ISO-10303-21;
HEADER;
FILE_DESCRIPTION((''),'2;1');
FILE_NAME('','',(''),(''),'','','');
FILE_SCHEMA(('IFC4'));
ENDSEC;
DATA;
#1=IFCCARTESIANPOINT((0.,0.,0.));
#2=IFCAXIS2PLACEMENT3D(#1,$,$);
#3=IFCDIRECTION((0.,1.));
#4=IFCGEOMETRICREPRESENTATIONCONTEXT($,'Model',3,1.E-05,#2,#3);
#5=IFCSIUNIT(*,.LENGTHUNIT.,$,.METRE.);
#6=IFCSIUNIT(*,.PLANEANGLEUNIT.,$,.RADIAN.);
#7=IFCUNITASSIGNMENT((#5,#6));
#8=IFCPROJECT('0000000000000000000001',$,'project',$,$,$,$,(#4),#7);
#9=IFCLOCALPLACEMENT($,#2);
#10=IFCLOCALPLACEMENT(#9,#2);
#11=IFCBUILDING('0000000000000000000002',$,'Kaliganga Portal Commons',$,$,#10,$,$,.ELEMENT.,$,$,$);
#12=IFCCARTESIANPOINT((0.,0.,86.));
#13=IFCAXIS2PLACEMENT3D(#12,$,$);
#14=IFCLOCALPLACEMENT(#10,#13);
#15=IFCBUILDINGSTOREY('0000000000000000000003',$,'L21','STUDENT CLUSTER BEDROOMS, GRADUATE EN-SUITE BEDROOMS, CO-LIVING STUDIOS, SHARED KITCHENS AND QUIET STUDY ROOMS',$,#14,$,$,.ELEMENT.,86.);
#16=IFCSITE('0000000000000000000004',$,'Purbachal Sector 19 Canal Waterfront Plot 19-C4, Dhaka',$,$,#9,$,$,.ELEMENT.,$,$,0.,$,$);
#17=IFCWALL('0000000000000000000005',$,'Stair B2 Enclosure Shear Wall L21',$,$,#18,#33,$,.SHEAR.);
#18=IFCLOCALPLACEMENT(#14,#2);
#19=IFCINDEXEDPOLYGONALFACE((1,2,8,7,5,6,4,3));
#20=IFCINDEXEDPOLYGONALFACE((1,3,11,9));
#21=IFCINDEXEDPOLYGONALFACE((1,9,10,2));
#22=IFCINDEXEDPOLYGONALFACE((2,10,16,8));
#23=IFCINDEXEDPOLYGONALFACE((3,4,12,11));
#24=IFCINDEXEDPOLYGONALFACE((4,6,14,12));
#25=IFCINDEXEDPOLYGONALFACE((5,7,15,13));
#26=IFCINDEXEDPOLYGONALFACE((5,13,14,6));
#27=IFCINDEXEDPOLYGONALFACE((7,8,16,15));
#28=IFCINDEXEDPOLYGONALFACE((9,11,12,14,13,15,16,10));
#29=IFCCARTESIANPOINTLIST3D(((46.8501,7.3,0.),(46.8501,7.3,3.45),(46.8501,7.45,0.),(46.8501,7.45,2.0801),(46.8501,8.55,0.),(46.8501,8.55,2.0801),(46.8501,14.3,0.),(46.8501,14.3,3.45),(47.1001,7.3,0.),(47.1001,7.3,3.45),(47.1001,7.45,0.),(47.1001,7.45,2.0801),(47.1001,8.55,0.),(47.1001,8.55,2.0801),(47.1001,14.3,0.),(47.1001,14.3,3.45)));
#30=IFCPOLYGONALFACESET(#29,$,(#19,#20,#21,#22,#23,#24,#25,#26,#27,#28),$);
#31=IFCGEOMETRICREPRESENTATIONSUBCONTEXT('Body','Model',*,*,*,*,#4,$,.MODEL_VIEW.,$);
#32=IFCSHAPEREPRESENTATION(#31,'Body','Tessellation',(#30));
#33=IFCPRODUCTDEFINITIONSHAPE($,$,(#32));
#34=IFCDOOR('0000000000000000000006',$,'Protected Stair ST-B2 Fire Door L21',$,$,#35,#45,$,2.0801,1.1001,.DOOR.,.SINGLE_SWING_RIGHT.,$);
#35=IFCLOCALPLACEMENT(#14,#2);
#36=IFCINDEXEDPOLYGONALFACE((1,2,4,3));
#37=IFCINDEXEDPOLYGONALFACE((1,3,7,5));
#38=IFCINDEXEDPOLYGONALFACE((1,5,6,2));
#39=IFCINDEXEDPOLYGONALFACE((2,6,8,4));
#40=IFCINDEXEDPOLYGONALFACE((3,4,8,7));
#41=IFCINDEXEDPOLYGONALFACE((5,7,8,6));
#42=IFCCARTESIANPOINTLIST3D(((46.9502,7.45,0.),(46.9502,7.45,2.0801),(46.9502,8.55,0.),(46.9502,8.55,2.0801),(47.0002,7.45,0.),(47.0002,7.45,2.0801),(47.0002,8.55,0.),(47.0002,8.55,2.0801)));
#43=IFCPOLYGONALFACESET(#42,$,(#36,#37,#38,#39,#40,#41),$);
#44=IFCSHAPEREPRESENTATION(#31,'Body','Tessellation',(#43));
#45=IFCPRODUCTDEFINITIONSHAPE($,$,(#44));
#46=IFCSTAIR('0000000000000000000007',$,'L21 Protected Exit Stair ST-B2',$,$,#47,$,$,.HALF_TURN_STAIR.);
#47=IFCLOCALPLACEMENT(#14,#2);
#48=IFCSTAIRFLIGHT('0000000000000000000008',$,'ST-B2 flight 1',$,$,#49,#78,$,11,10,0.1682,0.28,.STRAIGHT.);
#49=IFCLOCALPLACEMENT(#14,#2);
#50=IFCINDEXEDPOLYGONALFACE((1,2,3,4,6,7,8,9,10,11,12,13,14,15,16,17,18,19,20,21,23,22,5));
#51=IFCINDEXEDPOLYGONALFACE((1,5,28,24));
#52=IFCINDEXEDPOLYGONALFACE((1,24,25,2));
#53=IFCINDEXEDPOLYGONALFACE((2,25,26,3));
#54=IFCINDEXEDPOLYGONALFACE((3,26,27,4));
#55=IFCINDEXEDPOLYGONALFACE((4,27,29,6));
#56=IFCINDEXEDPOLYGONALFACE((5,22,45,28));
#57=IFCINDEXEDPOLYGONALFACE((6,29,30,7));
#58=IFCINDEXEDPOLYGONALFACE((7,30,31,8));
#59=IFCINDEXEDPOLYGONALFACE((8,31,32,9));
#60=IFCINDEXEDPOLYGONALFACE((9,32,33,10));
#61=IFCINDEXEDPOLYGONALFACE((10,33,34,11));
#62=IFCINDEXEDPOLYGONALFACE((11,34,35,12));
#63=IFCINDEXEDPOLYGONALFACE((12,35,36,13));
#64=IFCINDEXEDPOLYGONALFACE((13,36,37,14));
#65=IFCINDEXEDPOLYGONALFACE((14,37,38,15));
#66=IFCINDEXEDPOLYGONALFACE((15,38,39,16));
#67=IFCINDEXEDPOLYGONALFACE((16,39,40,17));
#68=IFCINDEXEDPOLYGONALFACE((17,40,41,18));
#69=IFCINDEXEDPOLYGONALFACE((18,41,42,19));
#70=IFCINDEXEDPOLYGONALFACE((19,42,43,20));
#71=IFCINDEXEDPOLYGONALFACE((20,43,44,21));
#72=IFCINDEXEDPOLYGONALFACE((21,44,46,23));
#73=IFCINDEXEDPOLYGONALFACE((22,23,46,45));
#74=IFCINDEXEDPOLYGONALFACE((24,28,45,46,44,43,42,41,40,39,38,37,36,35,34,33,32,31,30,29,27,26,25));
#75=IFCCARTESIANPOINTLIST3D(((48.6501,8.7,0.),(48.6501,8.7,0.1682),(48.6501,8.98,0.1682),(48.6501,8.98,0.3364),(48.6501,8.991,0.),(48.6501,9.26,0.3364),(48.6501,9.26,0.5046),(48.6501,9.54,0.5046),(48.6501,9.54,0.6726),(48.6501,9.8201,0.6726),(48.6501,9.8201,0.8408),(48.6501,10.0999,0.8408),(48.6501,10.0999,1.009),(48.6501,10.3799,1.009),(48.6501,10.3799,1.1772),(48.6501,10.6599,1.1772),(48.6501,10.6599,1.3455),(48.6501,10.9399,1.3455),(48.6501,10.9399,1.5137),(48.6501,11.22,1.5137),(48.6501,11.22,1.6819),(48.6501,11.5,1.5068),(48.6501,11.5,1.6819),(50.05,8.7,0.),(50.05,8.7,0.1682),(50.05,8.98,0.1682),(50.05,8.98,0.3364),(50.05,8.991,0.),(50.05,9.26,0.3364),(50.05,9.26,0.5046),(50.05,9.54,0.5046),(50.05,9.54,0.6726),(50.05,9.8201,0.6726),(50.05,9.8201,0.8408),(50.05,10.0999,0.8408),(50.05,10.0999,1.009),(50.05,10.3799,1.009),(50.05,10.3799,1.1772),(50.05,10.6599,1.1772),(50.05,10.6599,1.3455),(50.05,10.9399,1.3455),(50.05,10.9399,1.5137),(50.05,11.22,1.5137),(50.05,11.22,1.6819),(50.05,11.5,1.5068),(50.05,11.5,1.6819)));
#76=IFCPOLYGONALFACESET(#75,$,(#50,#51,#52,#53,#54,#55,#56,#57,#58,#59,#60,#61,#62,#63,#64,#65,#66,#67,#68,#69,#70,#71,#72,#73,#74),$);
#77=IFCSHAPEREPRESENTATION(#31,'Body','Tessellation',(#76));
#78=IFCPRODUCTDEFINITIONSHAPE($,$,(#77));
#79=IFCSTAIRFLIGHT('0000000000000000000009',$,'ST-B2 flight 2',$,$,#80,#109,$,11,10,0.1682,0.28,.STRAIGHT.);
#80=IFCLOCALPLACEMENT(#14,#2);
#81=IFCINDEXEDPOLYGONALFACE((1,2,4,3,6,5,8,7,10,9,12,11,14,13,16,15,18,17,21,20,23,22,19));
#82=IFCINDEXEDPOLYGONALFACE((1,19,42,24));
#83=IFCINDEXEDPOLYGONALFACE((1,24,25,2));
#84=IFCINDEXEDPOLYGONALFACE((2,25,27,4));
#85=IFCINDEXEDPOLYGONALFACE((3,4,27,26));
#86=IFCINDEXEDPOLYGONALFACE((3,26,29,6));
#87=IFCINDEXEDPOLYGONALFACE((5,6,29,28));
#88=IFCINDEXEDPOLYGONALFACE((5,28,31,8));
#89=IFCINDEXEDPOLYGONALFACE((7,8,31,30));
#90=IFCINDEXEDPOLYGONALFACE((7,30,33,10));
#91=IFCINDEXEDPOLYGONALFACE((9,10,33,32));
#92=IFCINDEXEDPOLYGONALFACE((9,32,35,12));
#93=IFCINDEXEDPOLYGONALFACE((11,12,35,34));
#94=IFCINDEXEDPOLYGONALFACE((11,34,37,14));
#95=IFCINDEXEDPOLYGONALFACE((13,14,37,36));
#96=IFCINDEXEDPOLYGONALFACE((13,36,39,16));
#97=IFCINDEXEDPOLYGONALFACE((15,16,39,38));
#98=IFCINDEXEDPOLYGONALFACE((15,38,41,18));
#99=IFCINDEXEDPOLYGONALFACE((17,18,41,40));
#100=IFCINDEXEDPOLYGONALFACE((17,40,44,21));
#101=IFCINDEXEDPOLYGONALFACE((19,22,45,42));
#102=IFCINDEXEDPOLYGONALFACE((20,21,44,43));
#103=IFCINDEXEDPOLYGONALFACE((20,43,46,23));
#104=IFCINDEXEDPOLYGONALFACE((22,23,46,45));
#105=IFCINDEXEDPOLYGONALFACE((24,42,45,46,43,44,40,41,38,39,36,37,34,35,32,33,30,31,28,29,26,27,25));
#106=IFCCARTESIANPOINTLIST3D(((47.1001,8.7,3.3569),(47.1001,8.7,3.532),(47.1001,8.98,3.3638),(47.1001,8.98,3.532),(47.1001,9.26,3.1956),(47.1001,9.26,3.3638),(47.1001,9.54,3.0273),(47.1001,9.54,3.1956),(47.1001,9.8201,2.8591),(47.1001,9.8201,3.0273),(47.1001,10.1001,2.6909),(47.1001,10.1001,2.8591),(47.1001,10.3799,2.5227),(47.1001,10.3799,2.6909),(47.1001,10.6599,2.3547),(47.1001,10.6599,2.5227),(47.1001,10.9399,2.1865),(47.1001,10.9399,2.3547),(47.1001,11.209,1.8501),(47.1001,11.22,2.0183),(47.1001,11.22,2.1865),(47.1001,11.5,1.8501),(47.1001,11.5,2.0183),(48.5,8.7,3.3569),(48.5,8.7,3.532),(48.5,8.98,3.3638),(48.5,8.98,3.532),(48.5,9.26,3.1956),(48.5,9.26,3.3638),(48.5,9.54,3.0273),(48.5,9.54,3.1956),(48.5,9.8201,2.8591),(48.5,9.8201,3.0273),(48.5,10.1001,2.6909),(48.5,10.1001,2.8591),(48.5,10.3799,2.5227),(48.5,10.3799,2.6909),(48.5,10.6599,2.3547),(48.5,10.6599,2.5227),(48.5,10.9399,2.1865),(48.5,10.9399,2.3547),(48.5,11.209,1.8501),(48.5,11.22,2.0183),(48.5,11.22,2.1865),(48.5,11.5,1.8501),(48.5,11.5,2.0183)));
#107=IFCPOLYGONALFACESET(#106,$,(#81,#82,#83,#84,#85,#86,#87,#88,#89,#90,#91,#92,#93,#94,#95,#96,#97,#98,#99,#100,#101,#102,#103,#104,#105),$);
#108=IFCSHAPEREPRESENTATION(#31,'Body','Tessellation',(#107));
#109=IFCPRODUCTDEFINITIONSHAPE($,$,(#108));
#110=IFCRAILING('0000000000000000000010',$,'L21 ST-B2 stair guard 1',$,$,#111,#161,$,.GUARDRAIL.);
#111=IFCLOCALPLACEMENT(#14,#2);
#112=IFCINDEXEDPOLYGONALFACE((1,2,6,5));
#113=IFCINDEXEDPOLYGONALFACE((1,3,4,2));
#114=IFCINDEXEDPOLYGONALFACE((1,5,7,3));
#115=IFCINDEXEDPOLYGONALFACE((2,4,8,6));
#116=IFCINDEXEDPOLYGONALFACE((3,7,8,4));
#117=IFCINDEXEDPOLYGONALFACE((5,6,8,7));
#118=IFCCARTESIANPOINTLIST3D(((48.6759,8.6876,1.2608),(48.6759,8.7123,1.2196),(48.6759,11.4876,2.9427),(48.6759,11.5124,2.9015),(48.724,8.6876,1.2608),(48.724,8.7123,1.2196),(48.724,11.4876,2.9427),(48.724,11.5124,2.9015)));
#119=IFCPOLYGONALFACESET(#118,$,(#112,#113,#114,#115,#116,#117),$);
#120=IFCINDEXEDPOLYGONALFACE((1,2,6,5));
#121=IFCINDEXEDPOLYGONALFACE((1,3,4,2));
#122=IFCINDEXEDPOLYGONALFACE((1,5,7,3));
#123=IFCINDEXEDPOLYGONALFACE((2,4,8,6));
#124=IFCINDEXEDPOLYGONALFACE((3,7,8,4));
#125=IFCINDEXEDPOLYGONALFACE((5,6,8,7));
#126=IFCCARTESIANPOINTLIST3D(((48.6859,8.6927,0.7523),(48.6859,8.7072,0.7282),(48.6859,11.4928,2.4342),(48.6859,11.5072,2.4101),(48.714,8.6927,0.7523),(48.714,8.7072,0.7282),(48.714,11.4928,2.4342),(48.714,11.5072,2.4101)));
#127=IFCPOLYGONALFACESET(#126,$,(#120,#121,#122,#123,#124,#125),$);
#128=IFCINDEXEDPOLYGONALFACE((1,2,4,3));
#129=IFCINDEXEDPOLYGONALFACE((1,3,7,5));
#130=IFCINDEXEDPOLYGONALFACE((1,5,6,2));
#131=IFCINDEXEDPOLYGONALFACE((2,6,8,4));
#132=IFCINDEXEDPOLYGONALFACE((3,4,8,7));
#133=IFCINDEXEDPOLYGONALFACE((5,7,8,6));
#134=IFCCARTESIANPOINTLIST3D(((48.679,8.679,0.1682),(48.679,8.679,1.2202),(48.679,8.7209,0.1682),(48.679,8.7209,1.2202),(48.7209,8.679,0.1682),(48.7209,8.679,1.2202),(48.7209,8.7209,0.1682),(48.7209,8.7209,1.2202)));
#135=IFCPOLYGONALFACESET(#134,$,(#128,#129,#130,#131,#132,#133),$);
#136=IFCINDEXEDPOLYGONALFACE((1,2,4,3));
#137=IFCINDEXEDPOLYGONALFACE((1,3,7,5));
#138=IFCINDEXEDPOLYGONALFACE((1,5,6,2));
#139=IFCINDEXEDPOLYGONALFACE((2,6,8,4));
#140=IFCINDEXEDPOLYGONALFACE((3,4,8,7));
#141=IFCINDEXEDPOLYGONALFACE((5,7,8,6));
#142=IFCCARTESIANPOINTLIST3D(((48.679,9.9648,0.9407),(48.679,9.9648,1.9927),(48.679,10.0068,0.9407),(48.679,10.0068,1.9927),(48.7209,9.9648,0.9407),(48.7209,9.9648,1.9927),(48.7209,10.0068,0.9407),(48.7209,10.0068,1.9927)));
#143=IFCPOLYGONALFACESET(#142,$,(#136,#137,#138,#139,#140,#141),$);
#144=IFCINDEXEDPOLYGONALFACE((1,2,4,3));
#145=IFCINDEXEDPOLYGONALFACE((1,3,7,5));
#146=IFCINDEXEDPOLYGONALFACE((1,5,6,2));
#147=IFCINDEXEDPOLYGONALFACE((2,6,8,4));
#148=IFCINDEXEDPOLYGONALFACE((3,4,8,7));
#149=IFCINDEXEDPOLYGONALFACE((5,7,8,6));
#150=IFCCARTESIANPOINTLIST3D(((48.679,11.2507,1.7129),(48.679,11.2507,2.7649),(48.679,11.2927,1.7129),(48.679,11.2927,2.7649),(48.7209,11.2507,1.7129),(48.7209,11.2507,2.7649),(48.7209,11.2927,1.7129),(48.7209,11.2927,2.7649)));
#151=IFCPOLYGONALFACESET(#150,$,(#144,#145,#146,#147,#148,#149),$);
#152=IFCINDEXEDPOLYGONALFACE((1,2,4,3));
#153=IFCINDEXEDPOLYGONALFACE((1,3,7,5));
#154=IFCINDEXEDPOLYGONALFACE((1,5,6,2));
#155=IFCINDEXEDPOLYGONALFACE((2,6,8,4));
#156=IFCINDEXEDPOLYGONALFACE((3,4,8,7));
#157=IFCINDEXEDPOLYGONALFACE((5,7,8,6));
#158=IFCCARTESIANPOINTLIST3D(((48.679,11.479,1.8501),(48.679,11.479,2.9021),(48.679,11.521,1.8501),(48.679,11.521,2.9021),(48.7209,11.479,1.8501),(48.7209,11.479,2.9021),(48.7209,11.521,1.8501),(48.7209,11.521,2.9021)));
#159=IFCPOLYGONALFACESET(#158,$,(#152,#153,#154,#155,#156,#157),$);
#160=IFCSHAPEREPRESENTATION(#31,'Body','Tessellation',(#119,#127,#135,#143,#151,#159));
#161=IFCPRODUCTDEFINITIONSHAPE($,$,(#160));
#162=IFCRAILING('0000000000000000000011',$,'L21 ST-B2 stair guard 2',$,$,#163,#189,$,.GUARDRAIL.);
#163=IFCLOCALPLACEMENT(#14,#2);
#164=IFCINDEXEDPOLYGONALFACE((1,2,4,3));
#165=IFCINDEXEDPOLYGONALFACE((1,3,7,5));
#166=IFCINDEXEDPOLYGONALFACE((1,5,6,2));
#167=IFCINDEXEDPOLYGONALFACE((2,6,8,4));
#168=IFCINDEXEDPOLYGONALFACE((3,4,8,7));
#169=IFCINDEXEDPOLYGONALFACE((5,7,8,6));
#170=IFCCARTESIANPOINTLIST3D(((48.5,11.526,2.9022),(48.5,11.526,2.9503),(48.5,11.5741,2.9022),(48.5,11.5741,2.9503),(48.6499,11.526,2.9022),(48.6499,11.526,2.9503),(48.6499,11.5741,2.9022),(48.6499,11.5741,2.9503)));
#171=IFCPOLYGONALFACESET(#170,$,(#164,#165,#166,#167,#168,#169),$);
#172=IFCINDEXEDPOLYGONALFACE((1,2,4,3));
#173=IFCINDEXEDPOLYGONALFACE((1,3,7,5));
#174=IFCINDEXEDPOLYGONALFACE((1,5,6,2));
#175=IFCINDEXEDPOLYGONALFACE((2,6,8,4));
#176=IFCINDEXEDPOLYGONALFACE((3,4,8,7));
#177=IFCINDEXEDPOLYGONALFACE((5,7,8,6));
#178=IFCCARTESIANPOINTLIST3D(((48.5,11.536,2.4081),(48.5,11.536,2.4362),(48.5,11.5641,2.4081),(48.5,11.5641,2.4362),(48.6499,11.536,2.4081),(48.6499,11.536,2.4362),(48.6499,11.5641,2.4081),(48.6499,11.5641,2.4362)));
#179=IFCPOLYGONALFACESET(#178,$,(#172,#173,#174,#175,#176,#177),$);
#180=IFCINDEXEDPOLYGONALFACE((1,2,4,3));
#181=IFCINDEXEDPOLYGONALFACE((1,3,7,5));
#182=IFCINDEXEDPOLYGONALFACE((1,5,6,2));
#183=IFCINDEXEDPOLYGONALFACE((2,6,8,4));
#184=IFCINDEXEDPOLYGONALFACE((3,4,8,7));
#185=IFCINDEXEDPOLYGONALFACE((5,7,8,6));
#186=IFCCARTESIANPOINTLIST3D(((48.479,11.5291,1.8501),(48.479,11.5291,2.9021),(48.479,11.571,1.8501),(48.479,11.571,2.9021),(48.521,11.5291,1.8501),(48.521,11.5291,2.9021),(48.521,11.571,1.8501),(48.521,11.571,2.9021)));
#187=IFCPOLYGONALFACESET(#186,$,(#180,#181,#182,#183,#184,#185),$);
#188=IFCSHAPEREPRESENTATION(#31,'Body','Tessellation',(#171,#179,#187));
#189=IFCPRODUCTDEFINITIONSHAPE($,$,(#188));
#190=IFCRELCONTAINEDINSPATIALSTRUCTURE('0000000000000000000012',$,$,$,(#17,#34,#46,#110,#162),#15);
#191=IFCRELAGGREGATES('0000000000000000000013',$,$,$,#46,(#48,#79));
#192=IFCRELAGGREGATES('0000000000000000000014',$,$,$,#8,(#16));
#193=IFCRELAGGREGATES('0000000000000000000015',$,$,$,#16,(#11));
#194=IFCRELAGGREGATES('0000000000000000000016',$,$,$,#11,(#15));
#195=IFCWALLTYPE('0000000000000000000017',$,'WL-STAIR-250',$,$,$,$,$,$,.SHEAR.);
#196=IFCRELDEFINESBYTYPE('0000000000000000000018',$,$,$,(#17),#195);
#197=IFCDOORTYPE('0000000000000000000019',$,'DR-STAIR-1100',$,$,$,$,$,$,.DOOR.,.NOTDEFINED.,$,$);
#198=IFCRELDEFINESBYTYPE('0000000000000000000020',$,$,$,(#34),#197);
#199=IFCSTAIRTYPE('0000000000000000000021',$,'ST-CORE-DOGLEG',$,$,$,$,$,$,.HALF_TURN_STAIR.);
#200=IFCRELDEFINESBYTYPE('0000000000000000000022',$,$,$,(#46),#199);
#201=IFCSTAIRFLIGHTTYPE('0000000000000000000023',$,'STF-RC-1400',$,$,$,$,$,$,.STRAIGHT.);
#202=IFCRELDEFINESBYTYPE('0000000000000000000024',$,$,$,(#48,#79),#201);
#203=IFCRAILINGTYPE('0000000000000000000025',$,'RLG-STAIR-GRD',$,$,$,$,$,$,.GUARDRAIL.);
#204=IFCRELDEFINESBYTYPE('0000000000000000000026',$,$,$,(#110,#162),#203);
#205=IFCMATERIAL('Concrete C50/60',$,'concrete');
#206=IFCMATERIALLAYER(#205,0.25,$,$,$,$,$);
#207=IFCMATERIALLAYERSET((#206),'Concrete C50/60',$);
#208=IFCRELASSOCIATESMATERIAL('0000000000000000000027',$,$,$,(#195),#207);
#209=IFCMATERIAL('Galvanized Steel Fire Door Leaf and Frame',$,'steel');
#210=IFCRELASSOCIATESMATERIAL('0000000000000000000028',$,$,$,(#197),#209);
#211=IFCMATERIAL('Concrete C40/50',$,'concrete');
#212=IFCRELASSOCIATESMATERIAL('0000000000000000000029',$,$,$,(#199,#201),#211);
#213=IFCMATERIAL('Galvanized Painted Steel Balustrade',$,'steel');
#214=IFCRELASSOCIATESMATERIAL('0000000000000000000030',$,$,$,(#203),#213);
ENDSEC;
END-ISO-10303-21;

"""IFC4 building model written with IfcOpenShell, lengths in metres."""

from ifc_helpers import new_model, si_unit, direction, frame, frame_2d, origin, origin_2d, place, context, subcontext, project, spatial, polyline, rectangle, outline, extrude, material, layer, layer_set, type_object, element, fill, aggregate, save


model = new_model("IFC4")

# Units and contexts
model_context = context("Model", 3, precision=1e-05, world=origin(), true_north=direction((0.0, 1.0)))
body_context = subcontext(model_context, "Body", "Model", "MODEL_VIEW")
ifc_project = project(units=[si_unit("LENGTHUNIT", "METRE"), si_unit("PLANEANGLEUNIT", "RADIAN")], contexts=[model_context])

# Site, building, storey
site_placement = place(None, origin())
site = spatial("IfcSite", under=ifc_project, at=site_placement, Name="Purbachal Sector 19 Canal Waterfront Plot 19-C4, Dhaka", CompositionType="ELEMENT", RefElevation=0.0)
building_placement = place(site_placement, origin())
building = spatial("IfcBuilding", under=site, at=building_placement, Name="Kaliganga Portal Commons", CompositionType="ELEMENT")
storey_placement = place(building_placement, frame((0.0, 0.0, 86.0)))
storey = spatial("IfcBuildingStorey", under=building, at=storey_placement, Name="L21", Description="STUDENT CLUSTER BEDROOMS, GRADUATE EN-SUITE BEDROOMS, CO-LIVING STUDIOS, SHARED KITCHENS AND QUIET STUDY ROOMS", CompositionType="ELEMENT", Elevation=86.0)

# Wall, opening, door
ifc_material_1 = material(Name="Concrete C50/60", Category="concrete")
ifc_layer_1 = layer(ifc_material_1, 0.25)
ifc_layer_set_1 = layer_set([ifc_layer_1], Name="Concrete C50/60")
wall_type_1 = type_object("IfcWallType", Name="WL-STAIR-250", PredefinedType="SHEAR", material=ifc_layer_set_1)
wall_1_placement = place(storey_placement, frame((46.9751, 7.3, 0.0), z_axis=(0.0, 0.0, 1.0), x_axis=(0.0, 1.0, 0.0)))
wall_1 = element("IfcWall", 1, at=wall_1_placement, inside=storey, type_object=wall_type_1, Name="Stair B2 Enclosure Shear Wall L21", PredefinedType="SHEAR", context=body_context, shape_type="SweptSolid", body=[
    extrude(rectangle(XDim=7.0, YDim=0.25, at=frame_2d((3.5, 0.0))), origin(), (0.0, 0.0, 1.0), 3.45),
])
opening_1_placement = place(wall_1_placement, frame((0.1499, 0.0, 0.0)))
opening_1 = element("IfcOpeningElement", 2, at=opening_1_placement, cuts=wall_1, PredefinedType="OPENING", context=body_context, shape_type="SweptSolid", body=[
    extrude(rectangle(XDim=1.1001, YDim=2.0801, at=frame_2d((0.55, 1.04))), frame((0.0, 0.135, 0.0), z_axis=(0.0, -1.0, 0.0), x_axis=(1.0, 0.0, 0.0)), (0.0, 0.0, 1.0), 0.27),
])
ifc_material_2 = material(Name="Galvanized Steel Fire Door Leaf and Frame", Category="steel")
door_type_1 = type_object("IfcDoorType", Name="DR-STAIR-1100", OperationType="NOTDEFINED", PredefinedType="DOOR", material=ifc_material_2)
door_1_placement = place(opening_1_placement, origin())
door_1 = element("IfcDoor", 3, at=door_1_placement, inside=storey, type_object=door_type_1, Name="Protected Stair ST-B2 Fire Door L21", OperationType="SINGLE_SWING_RIGHT", OverallHeight=2.0801, OverallWidth=1.1001, PredefinedType="DOOR", context=body_context, shape_type="SweptSolid", body=[
    extrude(rectangle(XDim=1.1001, YDim=2.0801, at=frame_2d((0.55, 1.04))), frame((0.0, 0.0249, 0.0), z_axis=(0.0, -1.0, 0.0), x_axis=(1.0, 0.0, 0.0)), (0.0, 0.0, 1.0), 0.05),
])
fill(opening_1, door_1)

# Stair, stair flights
ifc_material_3 = material(Name="Concrete C40/50", Category="concrete")
stair_type = type_object("IfcStairType", Name="ST-CORE-DOGLEG", PredefinedType="HALF_TURN_STAIR", material=ifc_material_3)
stair_placement = place(storey_placement, origin())
stair = element("IfcStair", 4, at=stair_placement, inside=storey, type_object=stair_type, Name="L21 Protected Exit Stair ST-B2", PredefinedType="HALF_TURN_STAIR")
stair_flight_type = type_object("IfcStairFlightType", Name="STF-RC-1400", PredefinedType="STRAIGHT", material=ifc_material_3)
stair_flight_1_placement = place(storey_placement, frame((49.3501, 8.7, 0.0), z_axis=(0.0, 0.0, 1.0), x_axis=(0.0, 1.0, 0.0)))
stair_flight_1 = element("IfcStairFlight", 5, at=stair_flight_1_placement, type_object=stair_flight_type, Name="ST-B2 flight 1", NumberOfRisers=11, NumberOfTreads=10, PredefinedType="STRAIGHT", RiserHeight=0.1682, TreadLength=0.28, context=body_context, shape_type="SweptSolid", body=[
    extrude(outline(polyline([(0.0, 0.0), (0.0, 0.1682), (0.28, 0.1682), (0.28, 0.3364), (0.5601, 0.3364), (0.5601, 0.5046), (0.8401, 0.5046), (0.8401, 0.6726), (1.1201, 0.6726), (1.1201, 0.8408), (1.3999, 0.8408), (1.3999, 1.009), (1.6799, 1.009), (1.6799, 1.1772), (1.96, 1.1772), (1.96, 1.3455), (2.24, 1.3455), (2.24, 1.5137), (2.52, 1.5137), (2.52, 1.6819), (2.8, 1.6819), (2.8, 1.8501), (2.8, 1.5068), (0.291, 0.0), (0.0, 0.0)])), frame((0.0, 0.7, 0.0), z_axis=(0.0, -1.0, 0.0), x_axis=(1.0, 0.0, 0.0)), (0.0, 0.0, 1.0), 1.3999),
])
stair_flight_2_placement = place(storey_placement, frame((47.8, 11.5, 1.8501), z_axis=(0.0, 0.0, 1.0), x_axis=(0.0, -1.0, 0.0)))
stair_flight_2 = element("IfcStairFlight", 6, at=stair_flight_2_placement, type_object=stair_flight_type, Name="ST-B2 flight 2", NumberOfRisers=11, NumberOfTreads=10, PredefinedType="STRAIGHT", RiserHeight=0.1682, TreadLength=0.28, context=body_context, shape_type="SweptSolid", body=[
    extrude(outline(polyline([(0.0, 0.0), (0.0, 0.1682), (0.28, 0.1682), (0.28, 0.3364), (0.5601, 0.3364), (0.5601, 0.5046), (0.8401, 0.5046), (0.8401, 0.6726), (1.1201, 0.6726), (1.1201, 0.8408), (1.3999, 0.8408), (1.3999, 1.009), (1.6799, 1.009), (1.6799, 1.1772), (1.96, 1.1772), (1.96, 1.3455), (2.24, 1.3455), (2.24, 1.5137), (2.52, 1.5137), (2.52, 1.6819), (2.8, 1.6819), (2.8, 1.8501), (2.8, 1.5068), (0.291, 0.0), (0.0, 0.0)])), frame((0.0, 0.7, 0.0), z_axis=(0.0, -1.0, 0.0), x_axis=(1.0, 0.0, 0.0)), (0.0, 0.0, 1.0), 1.3999),
])
aggregate(stair, [stair_flight_1, stair_flight_2])

# Railings
ifc_material_4 = material(Name="Galvanized Painted Steel Balustrade", Category="steel")
railing_type_1 = type_object("IfcRailingType", Name="RLG-STAIR-GRD", PredefinedType="GUARDRAIL", material=ifc_material_4)
railing_1_placement = place(storey_placement, frame((48.7, 8.7, 0.1682)))
element("IfcRailing", 7, at=railing_1_placement, inside=storey, type_object=railing_type_1, Name="L21 ST-B2 stair guard 1", PredefinedType="GUARDRAIL", context=body_context, shape_type="SweptSolid", body=[
    extrude(rectangle(XDim=0.0481, YDim=0.0481, at=origin_2d()), frame((0.0, 0.0, 1.072), z_axis=(0.0, 0.857242, 0.514913), x_axis=(-1.0, 0.0, 0.0)), (0.0, 0.0, 1.0), 3.2664),
    extrude(rectangle(XDim=0.0281, YDim=0.0281, at=origin_2d()), frame((0.0, 0.0, 0.572), z_axis=(0.0, 0.857242, 0.514913), x_axis=(-1.0, 0.0, 0.0)), (0.0, 0.0, 1.0), 3.2664),
    extrude(rectangle(XDim=0.042, YDim=0.042, at=origin_2d()), origin(), (0.0, 0.0, 1.0), 1.052),
    extrude(rectangle(XDim=0.042, YDim=0.042, at=origin_2d()), frame((0.0, 1.2859, 0.7725)), (0.0, 0.0, 1.0), 1.052),
    extrude(rectangle(XDim=0.042, YDim=0.042, at=origin_2d()), frame((0.0, 2.5718, 1.5447)), (0.0, 0.0, 1.0), 1.052),
    extrude(rectangle(XDim=0.042, YDim=0.042, at=origin_2d()), frame((0.0, 2.8, 1.6819)), (0.0, 0.0, 1.0), 1.052),
])
railing_2_placement = place(storey_placement, frame((48.6499, 11.55, 1.8501)))
element("IfcRailing", 8, at=railing_2_placement, inside=storey, type_object=railing_type_1, Name="L21 ST-B2 stair guard 2", PredefinedType="GUARDRAIL", context=body_context, shape_type="SweptSolid", body=[
    extrude(rectangle(XDim=0.0481, YDim=0.0481, at=origin_2d()), frame((0.0, 0.0, 1.0762), z_axis=(-1.0, 0.0, 0.0), x_axis=(0.0, -1.0, 0.0)), (0.0, 0.0, 1.0), 0.1499),
    extrude(rectangle(XDim=0.0281, YDim=0.0281, at=origin_2d()), frame((0.0, 0.0, 0.572), z_axis=(-1.0, 0.0, 0.0), x_axis=(0.0, -1.0, 0.0)), (0.0, 0.0, 1.0), 0.1499),
    extrude(rectangle(XDim=0.042, YDim=0.042, at=origin_2d()), frame((-0.1499, 0.0, 0.0)), (0.0, 0.0, 1.0), 1.052),
])

save(model, "model.ifc")
